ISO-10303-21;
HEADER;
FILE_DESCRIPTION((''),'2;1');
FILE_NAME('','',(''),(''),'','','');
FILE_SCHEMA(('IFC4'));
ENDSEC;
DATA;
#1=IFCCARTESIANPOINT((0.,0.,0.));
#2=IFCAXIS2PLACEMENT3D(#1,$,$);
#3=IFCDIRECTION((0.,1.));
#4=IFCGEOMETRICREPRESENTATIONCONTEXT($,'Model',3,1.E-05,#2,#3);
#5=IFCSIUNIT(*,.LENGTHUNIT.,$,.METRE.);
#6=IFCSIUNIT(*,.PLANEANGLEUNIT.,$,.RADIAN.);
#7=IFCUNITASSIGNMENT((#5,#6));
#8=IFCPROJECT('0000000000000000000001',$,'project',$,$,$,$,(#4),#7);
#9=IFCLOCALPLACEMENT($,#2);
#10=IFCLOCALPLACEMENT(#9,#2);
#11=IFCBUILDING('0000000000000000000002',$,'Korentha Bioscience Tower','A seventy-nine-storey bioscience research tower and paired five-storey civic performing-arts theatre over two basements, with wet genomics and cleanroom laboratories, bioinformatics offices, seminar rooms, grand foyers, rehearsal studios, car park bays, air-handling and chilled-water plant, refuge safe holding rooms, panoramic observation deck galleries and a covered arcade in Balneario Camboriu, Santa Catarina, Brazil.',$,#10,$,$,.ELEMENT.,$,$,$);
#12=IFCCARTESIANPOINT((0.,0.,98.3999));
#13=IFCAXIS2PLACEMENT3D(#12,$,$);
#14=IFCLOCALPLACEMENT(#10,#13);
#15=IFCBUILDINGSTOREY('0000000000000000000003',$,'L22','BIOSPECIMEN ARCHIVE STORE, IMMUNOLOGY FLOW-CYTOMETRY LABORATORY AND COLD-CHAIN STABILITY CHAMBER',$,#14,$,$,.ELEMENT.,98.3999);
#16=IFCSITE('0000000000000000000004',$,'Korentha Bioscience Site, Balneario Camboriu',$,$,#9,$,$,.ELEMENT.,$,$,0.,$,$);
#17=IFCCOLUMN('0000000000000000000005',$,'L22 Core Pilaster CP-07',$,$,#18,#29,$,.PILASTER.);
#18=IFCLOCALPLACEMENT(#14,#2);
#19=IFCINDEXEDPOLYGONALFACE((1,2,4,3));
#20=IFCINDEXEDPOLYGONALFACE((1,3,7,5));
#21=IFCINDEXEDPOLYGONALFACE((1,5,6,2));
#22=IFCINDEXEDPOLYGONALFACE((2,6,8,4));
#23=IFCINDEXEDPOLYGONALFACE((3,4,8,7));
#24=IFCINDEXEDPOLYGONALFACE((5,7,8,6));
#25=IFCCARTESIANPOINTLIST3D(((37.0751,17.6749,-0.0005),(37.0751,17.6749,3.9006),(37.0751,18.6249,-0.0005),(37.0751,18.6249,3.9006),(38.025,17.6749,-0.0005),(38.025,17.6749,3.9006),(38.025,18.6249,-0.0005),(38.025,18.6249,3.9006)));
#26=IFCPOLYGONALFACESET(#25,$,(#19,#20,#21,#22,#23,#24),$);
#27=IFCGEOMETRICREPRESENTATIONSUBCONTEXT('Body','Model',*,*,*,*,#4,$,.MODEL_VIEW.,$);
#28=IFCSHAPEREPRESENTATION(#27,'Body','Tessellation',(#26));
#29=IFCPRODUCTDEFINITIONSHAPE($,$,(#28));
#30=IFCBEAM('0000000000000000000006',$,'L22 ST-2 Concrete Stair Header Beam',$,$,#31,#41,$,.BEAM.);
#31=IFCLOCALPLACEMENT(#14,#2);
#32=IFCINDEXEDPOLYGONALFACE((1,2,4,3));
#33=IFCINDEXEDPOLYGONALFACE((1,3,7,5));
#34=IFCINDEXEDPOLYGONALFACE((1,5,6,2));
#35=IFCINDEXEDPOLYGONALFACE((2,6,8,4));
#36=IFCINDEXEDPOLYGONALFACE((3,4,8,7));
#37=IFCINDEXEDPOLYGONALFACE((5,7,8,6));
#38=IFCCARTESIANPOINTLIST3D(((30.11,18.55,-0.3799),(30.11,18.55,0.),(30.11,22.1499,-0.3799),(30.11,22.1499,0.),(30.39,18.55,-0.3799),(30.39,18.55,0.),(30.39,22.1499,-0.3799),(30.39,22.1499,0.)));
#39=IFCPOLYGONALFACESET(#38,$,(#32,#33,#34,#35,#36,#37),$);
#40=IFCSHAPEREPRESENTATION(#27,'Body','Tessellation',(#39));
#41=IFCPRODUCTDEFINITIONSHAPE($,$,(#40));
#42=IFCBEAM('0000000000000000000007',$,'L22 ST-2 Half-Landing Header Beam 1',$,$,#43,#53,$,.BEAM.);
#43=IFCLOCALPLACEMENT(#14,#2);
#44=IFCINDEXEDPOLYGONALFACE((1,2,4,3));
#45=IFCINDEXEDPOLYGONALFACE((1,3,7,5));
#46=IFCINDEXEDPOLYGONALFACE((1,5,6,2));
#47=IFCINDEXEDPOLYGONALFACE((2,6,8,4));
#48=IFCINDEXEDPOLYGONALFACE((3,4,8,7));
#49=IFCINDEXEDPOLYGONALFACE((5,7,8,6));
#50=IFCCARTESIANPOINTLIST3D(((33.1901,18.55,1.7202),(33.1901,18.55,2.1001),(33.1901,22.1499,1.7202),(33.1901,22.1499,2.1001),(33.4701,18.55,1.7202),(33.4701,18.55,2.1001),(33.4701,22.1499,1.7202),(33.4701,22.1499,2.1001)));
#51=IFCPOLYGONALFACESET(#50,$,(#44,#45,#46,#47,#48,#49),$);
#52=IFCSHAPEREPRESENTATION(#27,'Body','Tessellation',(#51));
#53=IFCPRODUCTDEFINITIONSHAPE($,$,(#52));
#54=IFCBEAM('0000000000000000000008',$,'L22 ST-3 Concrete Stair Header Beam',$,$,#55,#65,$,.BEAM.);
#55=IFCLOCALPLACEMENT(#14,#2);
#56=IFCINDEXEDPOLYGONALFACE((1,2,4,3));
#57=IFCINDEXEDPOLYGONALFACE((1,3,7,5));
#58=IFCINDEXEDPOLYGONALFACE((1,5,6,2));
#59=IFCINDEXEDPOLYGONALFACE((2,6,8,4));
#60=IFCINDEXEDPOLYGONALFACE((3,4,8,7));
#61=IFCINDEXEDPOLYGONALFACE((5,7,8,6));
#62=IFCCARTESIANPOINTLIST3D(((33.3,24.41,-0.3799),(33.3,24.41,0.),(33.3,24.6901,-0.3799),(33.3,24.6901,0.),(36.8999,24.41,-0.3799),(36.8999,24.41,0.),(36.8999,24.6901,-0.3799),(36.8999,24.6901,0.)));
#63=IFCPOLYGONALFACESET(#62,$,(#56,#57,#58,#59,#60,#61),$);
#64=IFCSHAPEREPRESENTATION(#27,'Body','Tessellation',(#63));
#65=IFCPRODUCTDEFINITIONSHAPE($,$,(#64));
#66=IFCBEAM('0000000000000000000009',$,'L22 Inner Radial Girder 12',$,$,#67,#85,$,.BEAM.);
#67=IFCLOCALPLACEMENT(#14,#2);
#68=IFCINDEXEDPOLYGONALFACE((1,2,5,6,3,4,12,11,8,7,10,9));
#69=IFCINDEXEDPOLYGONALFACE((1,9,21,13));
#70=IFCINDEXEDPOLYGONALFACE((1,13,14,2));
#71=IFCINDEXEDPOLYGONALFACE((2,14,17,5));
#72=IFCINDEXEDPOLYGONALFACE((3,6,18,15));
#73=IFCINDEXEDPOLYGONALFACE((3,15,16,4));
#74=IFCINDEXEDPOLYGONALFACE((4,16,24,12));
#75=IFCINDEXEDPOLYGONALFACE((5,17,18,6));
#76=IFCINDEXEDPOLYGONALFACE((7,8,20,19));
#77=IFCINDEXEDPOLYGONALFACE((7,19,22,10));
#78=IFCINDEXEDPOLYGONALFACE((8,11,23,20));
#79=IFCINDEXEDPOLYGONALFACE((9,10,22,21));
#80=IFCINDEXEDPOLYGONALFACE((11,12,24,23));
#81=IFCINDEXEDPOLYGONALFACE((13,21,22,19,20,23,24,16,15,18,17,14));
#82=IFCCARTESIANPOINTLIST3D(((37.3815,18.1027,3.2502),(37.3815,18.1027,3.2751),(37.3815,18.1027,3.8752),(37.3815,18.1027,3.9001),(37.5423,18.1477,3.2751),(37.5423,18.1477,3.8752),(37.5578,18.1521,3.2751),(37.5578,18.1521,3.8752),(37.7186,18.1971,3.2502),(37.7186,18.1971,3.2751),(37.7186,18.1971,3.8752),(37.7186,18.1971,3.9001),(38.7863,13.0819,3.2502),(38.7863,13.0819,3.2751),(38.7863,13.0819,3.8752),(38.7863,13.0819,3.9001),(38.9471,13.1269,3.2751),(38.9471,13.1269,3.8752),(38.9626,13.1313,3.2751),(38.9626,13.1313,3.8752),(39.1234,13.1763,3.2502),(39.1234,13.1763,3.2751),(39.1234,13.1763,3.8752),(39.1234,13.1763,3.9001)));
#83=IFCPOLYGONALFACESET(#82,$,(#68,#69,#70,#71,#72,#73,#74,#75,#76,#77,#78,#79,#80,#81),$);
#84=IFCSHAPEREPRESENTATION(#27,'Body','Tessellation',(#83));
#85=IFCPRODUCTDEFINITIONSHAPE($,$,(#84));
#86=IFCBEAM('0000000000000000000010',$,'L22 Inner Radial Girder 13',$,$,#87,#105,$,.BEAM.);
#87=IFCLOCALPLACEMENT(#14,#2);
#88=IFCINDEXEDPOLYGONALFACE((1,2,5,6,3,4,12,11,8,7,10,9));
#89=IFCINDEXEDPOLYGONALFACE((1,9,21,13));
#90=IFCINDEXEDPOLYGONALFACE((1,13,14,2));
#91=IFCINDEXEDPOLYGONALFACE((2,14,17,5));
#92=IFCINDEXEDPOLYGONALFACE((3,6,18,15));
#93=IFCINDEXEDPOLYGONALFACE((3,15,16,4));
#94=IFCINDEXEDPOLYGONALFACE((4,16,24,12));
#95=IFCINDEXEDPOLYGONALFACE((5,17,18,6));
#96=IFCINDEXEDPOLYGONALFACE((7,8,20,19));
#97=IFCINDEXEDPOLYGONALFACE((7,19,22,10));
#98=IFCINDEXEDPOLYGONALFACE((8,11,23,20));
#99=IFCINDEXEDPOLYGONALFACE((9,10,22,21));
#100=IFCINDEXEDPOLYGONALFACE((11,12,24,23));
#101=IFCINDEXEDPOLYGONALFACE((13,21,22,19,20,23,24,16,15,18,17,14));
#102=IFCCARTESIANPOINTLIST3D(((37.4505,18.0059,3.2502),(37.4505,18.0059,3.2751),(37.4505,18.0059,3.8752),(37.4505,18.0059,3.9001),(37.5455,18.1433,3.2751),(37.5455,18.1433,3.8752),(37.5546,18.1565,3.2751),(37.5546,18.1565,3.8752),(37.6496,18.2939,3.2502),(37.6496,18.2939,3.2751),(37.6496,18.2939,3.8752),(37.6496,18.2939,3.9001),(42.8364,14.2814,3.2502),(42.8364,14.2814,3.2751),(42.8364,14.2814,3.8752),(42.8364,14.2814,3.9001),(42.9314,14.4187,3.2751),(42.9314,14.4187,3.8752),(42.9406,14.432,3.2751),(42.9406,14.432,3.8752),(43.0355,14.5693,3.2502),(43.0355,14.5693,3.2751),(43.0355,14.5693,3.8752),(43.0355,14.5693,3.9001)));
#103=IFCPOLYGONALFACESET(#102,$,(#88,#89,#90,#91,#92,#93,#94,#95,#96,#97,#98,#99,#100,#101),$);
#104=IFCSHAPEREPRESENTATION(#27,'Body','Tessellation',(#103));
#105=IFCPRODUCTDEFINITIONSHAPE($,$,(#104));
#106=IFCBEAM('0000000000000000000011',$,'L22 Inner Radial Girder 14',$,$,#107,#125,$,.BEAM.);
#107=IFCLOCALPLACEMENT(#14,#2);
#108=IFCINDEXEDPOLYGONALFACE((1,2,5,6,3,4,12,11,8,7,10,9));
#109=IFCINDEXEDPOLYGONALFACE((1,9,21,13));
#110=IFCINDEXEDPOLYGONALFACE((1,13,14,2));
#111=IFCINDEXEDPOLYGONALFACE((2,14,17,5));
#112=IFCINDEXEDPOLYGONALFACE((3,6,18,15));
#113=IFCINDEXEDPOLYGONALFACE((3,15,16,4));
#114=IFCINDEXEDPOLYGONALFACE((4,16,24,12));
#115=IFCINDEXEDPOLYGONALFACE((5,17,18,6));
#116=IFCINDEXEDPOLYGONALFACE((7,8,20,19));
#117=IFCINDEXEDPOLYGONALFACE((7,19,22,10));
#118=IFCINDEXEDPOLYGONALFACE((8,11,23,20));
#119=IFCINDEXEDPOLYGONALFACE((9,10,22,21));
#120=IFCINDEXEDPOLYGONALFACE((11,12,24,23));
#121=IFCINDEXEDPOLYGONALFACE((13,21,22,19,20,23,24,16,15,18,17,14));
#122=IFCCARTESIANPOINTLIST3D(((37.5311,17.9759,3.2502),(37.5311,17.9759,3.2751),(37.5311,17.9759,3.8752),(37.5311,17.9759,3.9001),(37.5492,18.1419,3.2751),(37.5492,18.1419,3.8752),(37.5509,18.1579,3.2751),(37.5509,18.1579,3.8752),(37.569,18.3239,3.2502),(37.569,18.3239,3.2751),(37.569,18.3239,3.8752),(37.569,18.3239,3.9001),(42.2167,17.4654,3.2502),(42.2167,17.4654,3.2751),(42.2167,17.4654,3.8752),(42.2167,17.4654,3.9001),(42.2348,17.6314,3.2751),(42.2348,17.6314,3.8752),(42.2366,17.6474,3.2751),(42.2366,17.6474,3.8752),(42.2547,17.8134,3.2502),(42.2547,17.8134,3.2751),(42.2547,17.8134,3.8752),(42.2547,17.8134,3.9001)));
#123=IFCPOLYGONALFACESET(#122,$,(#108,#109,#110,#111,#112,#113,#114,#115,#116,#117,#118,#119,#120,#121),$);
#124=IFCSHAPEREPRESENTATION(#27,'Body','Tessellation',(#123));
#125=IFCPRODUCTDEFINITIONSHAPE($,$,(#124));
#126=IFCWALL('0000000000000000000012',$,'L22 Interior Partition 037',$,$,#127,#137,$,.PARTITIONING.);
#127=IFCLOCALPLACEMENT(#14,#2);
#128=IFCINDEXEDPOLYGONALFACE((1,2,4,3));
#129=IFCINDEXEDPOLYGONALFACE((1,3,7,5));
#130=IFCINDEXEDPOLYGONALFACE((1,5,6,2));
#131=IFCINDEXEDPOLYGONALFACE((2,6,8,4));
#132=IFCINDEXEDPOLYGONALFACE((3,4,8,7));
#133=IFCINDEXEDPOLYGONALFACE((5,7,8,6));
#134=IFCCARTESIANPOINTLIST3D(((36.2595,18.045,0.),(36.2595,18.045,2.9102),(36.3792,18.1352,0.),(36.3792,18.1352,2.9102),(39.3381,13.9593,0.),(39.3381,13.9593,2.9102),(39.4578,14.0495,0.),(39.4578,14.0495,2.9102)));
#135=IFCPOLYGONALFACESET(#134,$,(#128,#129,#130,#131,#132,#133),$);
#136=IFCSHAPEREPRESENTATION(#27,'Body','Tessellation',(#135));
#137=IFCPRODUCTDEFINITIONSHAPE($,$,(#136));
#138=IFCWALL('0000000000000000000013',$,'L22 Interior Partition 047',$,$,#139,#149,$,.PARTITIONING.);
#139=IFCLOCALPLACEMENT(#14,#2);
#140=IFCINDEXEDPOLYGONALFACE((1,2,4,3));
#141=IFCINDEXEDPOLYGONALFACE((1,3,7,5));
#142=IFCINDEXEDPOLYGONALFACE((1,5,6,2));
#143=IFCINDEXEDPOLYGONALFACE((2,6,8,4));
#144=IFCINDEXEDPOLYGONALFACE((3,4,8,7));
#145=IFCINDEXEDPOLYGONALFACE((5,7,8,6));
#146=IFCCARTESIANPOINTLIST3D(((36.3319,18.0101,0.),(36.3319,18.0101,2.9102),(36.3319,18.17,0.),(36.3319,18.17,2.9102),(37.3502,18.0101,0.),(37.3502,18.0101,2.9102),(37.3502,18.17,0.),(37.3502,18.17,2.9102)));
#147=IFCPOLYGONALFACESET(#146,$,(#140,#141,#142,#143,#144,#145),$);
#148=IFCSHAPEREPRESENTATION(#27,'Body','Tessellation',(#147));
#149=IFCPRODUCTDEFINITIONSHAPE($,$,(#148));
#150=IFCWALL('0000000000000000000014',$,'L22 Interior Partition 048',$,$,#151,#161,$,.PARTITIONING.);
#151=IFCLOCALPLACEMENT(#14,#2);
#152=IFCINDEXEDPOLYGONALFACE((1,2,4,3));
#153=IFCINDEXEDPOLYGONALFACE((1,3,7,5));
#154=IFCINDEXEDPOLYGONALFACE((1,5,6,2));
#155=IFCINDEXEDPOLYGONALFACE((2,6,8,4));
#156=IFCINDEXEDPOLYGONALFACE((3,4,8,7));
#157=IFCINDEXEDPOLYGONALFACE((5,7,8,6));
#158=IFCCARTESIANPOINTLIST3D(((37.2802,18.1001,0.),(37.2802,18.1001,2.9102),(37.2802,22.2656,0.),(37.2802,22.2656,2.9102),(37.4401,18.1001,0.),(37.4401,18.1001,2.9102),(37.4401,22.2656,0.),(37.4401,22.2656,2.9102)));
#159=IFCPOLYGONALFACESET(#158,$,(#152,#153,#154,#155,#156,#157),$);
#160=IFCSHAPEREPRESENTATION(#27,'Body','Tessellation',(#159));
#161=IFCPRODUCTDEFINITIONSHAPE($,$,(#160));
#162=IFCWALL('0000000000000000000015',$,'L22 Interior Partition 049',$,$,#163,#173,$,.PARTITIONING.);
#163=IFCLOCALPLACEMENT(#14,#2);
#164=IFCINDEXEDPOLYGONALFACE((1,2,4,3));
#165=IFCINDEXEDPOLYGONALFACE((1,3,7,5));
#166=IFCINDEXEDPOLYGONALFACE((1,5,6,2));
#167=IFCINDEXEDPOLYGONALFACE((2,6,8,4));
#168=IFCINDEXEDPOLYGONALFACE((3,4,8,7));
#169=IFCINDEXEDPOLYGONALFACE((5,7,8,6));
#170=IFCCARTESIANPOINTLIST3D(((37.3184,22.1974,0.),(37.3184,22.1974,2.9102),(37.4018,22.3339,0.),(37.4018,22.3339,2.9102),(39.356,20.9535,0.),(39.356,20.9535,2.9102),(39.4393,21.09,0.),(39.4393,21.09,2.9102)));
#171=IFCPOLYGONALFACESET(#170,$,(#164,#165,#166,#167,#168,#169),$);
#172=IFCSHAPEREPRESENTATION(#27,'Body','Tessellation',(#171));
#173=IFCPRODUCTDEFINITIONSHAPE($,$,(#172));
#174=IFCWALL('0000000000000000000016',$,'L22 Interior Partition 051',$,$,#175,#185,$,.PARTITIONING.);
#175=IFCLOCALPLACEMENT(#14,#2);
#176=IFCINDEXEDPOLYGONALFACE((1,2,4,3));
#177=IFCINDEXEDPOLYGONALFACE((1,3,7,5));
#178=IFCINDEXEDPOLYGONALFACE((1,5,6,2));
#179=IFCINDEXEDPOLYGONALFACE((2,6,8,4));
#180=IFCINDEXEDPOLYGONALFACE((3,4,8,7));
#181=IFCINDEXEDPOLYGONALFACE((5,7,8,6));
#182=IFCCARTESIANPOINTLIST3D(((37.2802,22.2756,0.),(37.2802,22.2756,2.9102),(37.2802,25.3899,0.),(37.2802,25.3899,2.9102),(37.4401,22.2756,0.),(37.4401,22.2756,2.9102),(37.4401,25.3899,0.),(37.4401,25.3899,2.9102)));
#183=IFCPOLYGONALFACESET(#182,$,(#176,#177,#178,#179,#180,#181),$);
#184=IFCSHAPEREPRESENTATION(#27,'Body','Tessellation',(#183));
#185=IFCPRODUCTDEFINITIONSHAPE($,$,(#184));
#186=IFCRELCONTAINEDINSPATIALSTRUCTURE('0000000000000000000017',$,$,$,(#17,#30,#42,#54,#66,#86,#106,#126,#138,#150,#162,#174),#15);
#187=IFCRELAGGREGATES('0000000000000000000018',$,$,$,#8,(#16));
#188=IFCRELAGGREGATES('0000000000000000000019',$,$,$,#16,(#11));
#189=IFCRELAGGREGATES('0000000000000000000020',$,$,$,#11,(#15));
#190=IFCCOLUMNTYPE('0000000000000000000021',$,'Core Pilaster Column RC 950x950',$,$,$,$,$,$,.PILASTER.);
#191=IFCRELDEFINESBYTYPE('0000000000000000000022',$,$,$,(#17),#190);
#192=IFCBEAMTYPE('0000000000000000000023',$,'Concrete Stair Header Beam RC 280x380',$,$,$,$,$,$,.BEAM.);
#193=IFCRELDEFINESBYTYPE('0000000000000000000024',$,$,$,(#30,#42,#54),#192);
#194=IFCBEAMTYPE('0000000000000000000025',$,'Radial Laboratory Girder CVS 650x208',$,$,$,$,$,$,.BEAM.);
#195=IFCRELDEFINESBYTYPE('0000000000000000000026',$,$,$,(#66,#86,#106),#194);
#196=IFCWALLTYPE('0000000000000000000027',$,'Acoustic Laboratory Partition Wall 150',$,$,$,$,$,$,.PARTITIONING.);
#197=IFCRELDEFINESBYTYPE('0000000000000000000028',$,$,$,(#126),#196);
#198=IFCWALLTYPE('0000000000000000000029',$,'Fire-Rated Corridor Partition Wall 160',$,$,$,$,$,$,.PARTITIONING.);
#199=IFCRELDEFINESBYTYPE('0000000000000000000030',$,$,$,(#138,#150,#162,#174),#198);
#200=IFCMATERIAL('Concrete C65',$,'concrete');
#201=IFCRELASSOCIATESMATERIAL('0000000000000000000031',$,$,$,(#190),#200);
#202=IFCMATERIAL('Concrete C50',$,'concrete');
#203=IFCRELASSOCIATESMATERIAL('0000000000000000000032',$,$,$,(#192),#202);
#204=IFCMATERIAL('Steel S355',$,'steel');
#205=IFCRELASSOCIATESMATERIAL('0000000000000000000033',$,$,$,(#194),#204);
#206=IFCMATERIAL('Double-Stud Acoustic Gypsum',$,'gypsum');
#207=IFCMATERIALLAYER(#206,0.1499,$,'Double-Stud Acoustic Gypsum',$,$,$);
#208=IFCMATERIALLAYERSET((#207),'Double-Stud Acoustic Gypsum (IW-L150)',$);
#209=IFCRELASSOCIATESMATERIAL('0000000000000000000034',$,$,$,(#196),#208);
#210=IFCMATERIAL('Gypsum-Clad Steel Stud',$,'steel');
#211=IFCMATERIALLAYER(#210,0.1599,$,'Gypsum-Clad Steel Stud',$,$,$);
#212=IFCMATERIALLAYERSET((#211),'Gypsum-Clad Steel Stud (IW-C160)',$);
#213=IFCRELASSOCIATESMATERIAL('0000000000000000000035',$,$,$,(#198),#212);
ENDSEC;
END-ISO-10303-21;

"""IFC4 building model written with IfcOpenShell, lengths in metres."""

from ifc_helpers import new_model, si_unit, direction, frame, frame_2d, origin, origin_2d, place, context, subcontext, project, spatial, rectangle, i_section, extrude, material, layer, layer_set, material_profile, profile_set, type_object, element, save


model = new_model("IFC4")

# Units and contexts
model_context = context("Model", 3, precision=1e-05, world=origin(), true_north=direction((0.0, 1.0)))
body_context = subcontext(model_context, "Body", "Model", "MODEL_VIEW")
ifc_project = project(units=[si_unit("LENGTHUNIT", "METRE"), si_unit("PLANEANGLEUNIT", "RADIAN")], contexts=[model_context])

# Site, building, storey
site_placement = place(None, origin())
site = spatial("IfcSite", under=ifc_project, at=site_placement, Name="Korentha Bioscience Site, Balneario Camboriu", CompositionType="ELEMENT", RefElevation=0.0)
building_placement = place(site_placement, origin())
building = spatial("IfcBuilding", under=site, at=building_placement, Name="Korentha Bioscience Tower", Description="A seventy-nine-storey bioscience research tower and paired five-storey civic performing-arts theatre over two basements, with wet genomics and cleanroom laboratories, bioinformatics offices, seminar rooms, grand foyers, rehearsal studios, car park bays, air-handling and chilled-water plant, refuge safe holding rooms, panoramic observation deck galleries and a covered arcade in Balneario Camboriu, Santa Catarina, Brazil.", CompositionType="ELEMENT")
storey_placement = place(building_placement, frame((0.0, 0.0, 98.3999)))
storey = spatial("IfcBuildingStorey", under=building, at=storey_placement, Name="L22", Description="BIOSPECIMEN ARCHIVE STORE, IMMUNOLOGY FLOW-CYTOMETRY LABORATORY AND COLD-CHAIN STABILITY CHAMBER", CompositionType="ELEMENT", Elevation=98.3999)

# Column
ifc_material_1 = material(Name="Concrete C65", Category="concrete")
ifc_material_profile_1 = material_profile(ifc_material_1, rectangle(XDim=0.95, YDim=0.95, at=origin_2d()), Name="Concrete C65")
ifc_profile_set_1 = profile_set([ifc_material_profile_1], Name="Concrete C65 (COL-CP09)")
column_type = type_object("IfcColumnType", Name="Core Pilaster Column RC 950x950", PredefinedType="PILASTER", material=ifc_profile_set_1)
column_placement = place(storey_placement, frame((37.55, 18.1499, -0.0005), z_axis=(0.0, 0.0, 1.0), x_axis=(1.0, 0.0, 0.0)))
element("IfcColumn", 1, at=column_placement, inside=storey, type_object=column_type, Name="L22 Core Pilaster CP-07", PredefinedType="PILASTER", context=body_context, shape_type="SweptSolid", body=[
    extrude(rectangle(XDim=0.95, YDim=0.95, at=origin_2d()), origin(), (0.0, 0.0, 1.0), 3.9011),
])

# Beams
ifc_material_2 = material(Name="Concrete C50", Category="concrete")
ifc_material_profile_2 = material_profile(ifc_material_2, rectangle(XDim=0.28, YDim=0.3799, at=origin_2d()), Name="Concrete C50")
ifc_profile_set_2 = profile_set([ifc_material_profile_2], Name="Concrete C50 (ST-HB380)")
beam_type_1 = type_object("IfcBeamType", Name="Concrete Stair Header Beam RC 280x380", PredefinedType="BEAM", material=ifc_profile_set_2)
for number, where, z_axis, x_axis, name in (
    (2, (30.25, 18.55, -0.1899), (0.0, 1.0, 0.0), (-1.0, 0.0, 0.0), "L22 ST-2 Concrete Stair Header Beam"),
    (3, (33.3301, 18.55, 1.9102), (0.0, 1.0, 0.0), (-1.0, 0.0, 0.0), "L22 ST-2 Half-Landing Header Beam 1"),
    (4, (36.8999, 24.55, -0.1899), (-1.0, 0.0, 0.0), (0.0, -1.0, 0.0), "L22 ST-3 Concrete Stair Header Beam"),
):
    element("IfcBeam", number, at=place(storey_placement, frame(where, z_axis=z_axis, x_axis=x_axis)), inside=storey, type_object=beam_type_1, Name=name, PredefinedType="BEAM", context=body_context, shape_type="SweptSolid", body=[
        extrude(rectangle(XDim=0.28, YDim=0.3799, at=origin_2d()), origin(), (0.0, 0.0, 1.0), 3.5999),
    ])
ifc_material_3 = material(Name="Steel S355", Category="steel")
ifc_material_profile_3 = material_profile(ifc_material_3, i_section(OverallWidth=0.3501, OverallDepth=0.6499, WebThickness=0.0161, FlangeThickness=0.0249, at=origin_2d()), Name="Steel S355")
ifc_profile_set_3 = profile_set([ifc_material_profile_3], Name="Steel S355 (RB-650)")
beam_type_2 = type_object("IfcBeamType", Name="Radial Laboratory Girder CVS 650x208", PredefinedType="BEAM", material=ifc_profile_set_3)
beam_1_placement = place(storey_placement, frame((37.55, 18.1499, 3.5752), z_axis=(0.269448, -0.963015, 0.0), x_axis=(0.963015, 0.269448, 0.0)))
element("IfcBeam", 5, at=beam_1_placement, inside=storey, type_object=beam_type_2, Name="L22 Inner Radial Girder 12", PredefinedType="BEAM", context=body_context, shape_type="SweptSolid", body=[
    extrude(i_section(OverallWidth=0.3501, OverallDepth=0.6499, WebThickness=0.0161, FlangeThickness=0.0249, at=origin_2d()), origin(), (0.0, 0.0, 1.0), 5.2136),
])
beam_2_placement = place(storey_placement, frame((37.55, 18.1499, 3.5752), z_axis=(0.822489, -0.568781, 0.0), x_axis=(0.568781, 0.822489, 0.0)))
element("IfcBeam", 6, at=beam_2_placement, inside=storey, type_object=beam_type_2, Name="L22 Inner Radial Girder 13", PredefinedType="BEAM", context=body_context, shape_type="SweptSolid", body=[
    extrude(i_section(OverallWidth=0.3501, OverallDepth=0.6499, WebThickness=0.0161, FlangeThickness=0.0249, at=origin_2d()), origin(), (0.0, 0.0, 1.0), 6.5483),
])
beam_3_placement = place(storey_placement, frame((37.55, 18.1499, 3.5752), z_axis=(0.994117, -0.108311, 0.0), x_axis=(0.108311, 0.994117, 0.0)))
element("IfcBeam", 7, at=beam_3_placement, inside=storey, type_object=beam_type_2, Name="L22 Inner Radial Girder 14", PredefinedType="BEAM", context=body_context, shape_type="SweptSolid", body=[
    extrude(i_section(OverallWidth=0.3501, OverallDepth=0.6499, WebThickness=0.0161, FlangeThickness=0.0249, at=origin_2d()), origin(), (0.0, 0.0, 1.0), 4.7134),
])

# Walls
ifc_material_4 = material(Name="Double-Stud Acoustic Gypsum", Category="gypsum")
ifc_layer_1 = layer(ifc_material_4, 0.1499, Name="Double-Stud Acoustic Gypsum")
ifc_layer_set_1 = layer_set([ifc_layer_1], Name="Double-Stud Acoustic Gypsum (IW-L150)")
wall_type_1 = type_object("IfcWallType", Name="Acoustic Laboratory Partition Wall 150", PredefinedType="PARTITIONING", material=ifc_layer_set_1)
wall_1_placement = place(storey_placement, frame((36.3193, 18.0901, 0.0), z_axis=(0.0, 0.0, 1.0), x_axis=(0.601793, -0.798652, 0.0)))
element("IfcWall", 8, at=wall_1_placement, inside=storey, type_object=wall_type_1, Name="L22 Interior Partition 037", PredefinedType="PARTITIONING", context=body_context, shape_type="SweptSolid", body=[
    extrude(rectangle(XDim=5.1157, YDim=0.1499, at=frame_2d((2.5579, 0.0))), origin(), (0.0, 0.0, 1.0), 2.9102),
])
ifc_material_5 = material(Name="Gypsum-Clad Steel Stud", Category="steel")
ifc_layer_2 = layer(ifc_material_5, 0.1599, Name="Gypsum-Clad Steel Stud")
ifc_layer_set_2 = layer_set([ifc_layer_2], Name="Gypsum-Clad Steel Stud (IW-C160)")
wall_type_2 = type_object("IfcWallType", Name="Fire-Rated Corridor Partition Wall 160", PredefinedType="PARTITIONING", material=ifc_layer_set_2)
wall_2_placement = place(storey_placement, frame((36.3318, 18.0901, 0.0), z_axis=(0.0, 0.0, 1.0), x_axis=(1.0, 0.0, 0.0)))
element("IfcWall", 9, at=wall_2_placement, inside=storey, type_object=wall_type_2, Name="L22 Interior Partition 047", PredefinedType="PARTITIONING", context=body_context, shape_type="SweptSolid", body=[
    extrude(rectangle(XDim=1.0183, YDim=0.1599, at=frame_2d((0.5093, 0.0))), origin(), (0.0, 0.0, 1.0), 2.9102),
])
wall_3_placement = place(storey_placement, frame((37.3601, 18.1001, 0.0), z_axis=(0.0, 0.0, 1.0), x_axis=(0.0, 1.0, 0.0)))
element("IfcWall", 10, at=wall_3_placement, inside=storey, type_object=wall_type_2, Name="L22 Interior Partition 048", PredefinedType="PARTITIONING", context=body_context, shape_type="SweptSolid", body=[
    extrude(rectangle(XDim=4.1655, YDim=0.1599, at=frame_2d((2.0828, 0.0))), origin(), (0.0, 0.0, 1.0), 2.9102),
])
wall_4_placement = place(storey_placement, frame((37.3601, 22.2656, 0.0), z_axis=(0.0, 0.0, 1.0), x_axis=(0.853524, -0.521053, 0.0)))
element("IfcWall", 11, at=wall_4_placement, inside=storey, type_object=wall_type_2, Name="L22 Interior Partition 049", PredefinedType="PARTITIONING", context=body_context, shape_type="SweptSolid", body=[
    extrude(rectangle(XDim=2.3872, YDim=0.1599, at=frame_2d((1.1936, 0.0))), origin(), (0.0, 0.0, 1.0), 2.9102),
])
wall_5_placement = place(storey_placement, frame((37.3601, 22.2756, 0.0), z_axis=(0.0, 0.0, 1.0), x_axis=(0.0, 1.0, 0.0)))
element("IfcWall", 12, at=wall_5_placement, inside=storey, type_object=wall_type_2, Name="L22 Interior Partition 051", PredefinedType="PARTITIONING", context=body_context, shape_type="SweptSolid", body=[
    extrude(rectangle(XDim=3.1143, YDim=0.1599, at=frame_2d((1.5571, 0.0))), origin(), (0.0, 0.0, 1.0), 2.9102),
])

save(model, "model.ifc")
